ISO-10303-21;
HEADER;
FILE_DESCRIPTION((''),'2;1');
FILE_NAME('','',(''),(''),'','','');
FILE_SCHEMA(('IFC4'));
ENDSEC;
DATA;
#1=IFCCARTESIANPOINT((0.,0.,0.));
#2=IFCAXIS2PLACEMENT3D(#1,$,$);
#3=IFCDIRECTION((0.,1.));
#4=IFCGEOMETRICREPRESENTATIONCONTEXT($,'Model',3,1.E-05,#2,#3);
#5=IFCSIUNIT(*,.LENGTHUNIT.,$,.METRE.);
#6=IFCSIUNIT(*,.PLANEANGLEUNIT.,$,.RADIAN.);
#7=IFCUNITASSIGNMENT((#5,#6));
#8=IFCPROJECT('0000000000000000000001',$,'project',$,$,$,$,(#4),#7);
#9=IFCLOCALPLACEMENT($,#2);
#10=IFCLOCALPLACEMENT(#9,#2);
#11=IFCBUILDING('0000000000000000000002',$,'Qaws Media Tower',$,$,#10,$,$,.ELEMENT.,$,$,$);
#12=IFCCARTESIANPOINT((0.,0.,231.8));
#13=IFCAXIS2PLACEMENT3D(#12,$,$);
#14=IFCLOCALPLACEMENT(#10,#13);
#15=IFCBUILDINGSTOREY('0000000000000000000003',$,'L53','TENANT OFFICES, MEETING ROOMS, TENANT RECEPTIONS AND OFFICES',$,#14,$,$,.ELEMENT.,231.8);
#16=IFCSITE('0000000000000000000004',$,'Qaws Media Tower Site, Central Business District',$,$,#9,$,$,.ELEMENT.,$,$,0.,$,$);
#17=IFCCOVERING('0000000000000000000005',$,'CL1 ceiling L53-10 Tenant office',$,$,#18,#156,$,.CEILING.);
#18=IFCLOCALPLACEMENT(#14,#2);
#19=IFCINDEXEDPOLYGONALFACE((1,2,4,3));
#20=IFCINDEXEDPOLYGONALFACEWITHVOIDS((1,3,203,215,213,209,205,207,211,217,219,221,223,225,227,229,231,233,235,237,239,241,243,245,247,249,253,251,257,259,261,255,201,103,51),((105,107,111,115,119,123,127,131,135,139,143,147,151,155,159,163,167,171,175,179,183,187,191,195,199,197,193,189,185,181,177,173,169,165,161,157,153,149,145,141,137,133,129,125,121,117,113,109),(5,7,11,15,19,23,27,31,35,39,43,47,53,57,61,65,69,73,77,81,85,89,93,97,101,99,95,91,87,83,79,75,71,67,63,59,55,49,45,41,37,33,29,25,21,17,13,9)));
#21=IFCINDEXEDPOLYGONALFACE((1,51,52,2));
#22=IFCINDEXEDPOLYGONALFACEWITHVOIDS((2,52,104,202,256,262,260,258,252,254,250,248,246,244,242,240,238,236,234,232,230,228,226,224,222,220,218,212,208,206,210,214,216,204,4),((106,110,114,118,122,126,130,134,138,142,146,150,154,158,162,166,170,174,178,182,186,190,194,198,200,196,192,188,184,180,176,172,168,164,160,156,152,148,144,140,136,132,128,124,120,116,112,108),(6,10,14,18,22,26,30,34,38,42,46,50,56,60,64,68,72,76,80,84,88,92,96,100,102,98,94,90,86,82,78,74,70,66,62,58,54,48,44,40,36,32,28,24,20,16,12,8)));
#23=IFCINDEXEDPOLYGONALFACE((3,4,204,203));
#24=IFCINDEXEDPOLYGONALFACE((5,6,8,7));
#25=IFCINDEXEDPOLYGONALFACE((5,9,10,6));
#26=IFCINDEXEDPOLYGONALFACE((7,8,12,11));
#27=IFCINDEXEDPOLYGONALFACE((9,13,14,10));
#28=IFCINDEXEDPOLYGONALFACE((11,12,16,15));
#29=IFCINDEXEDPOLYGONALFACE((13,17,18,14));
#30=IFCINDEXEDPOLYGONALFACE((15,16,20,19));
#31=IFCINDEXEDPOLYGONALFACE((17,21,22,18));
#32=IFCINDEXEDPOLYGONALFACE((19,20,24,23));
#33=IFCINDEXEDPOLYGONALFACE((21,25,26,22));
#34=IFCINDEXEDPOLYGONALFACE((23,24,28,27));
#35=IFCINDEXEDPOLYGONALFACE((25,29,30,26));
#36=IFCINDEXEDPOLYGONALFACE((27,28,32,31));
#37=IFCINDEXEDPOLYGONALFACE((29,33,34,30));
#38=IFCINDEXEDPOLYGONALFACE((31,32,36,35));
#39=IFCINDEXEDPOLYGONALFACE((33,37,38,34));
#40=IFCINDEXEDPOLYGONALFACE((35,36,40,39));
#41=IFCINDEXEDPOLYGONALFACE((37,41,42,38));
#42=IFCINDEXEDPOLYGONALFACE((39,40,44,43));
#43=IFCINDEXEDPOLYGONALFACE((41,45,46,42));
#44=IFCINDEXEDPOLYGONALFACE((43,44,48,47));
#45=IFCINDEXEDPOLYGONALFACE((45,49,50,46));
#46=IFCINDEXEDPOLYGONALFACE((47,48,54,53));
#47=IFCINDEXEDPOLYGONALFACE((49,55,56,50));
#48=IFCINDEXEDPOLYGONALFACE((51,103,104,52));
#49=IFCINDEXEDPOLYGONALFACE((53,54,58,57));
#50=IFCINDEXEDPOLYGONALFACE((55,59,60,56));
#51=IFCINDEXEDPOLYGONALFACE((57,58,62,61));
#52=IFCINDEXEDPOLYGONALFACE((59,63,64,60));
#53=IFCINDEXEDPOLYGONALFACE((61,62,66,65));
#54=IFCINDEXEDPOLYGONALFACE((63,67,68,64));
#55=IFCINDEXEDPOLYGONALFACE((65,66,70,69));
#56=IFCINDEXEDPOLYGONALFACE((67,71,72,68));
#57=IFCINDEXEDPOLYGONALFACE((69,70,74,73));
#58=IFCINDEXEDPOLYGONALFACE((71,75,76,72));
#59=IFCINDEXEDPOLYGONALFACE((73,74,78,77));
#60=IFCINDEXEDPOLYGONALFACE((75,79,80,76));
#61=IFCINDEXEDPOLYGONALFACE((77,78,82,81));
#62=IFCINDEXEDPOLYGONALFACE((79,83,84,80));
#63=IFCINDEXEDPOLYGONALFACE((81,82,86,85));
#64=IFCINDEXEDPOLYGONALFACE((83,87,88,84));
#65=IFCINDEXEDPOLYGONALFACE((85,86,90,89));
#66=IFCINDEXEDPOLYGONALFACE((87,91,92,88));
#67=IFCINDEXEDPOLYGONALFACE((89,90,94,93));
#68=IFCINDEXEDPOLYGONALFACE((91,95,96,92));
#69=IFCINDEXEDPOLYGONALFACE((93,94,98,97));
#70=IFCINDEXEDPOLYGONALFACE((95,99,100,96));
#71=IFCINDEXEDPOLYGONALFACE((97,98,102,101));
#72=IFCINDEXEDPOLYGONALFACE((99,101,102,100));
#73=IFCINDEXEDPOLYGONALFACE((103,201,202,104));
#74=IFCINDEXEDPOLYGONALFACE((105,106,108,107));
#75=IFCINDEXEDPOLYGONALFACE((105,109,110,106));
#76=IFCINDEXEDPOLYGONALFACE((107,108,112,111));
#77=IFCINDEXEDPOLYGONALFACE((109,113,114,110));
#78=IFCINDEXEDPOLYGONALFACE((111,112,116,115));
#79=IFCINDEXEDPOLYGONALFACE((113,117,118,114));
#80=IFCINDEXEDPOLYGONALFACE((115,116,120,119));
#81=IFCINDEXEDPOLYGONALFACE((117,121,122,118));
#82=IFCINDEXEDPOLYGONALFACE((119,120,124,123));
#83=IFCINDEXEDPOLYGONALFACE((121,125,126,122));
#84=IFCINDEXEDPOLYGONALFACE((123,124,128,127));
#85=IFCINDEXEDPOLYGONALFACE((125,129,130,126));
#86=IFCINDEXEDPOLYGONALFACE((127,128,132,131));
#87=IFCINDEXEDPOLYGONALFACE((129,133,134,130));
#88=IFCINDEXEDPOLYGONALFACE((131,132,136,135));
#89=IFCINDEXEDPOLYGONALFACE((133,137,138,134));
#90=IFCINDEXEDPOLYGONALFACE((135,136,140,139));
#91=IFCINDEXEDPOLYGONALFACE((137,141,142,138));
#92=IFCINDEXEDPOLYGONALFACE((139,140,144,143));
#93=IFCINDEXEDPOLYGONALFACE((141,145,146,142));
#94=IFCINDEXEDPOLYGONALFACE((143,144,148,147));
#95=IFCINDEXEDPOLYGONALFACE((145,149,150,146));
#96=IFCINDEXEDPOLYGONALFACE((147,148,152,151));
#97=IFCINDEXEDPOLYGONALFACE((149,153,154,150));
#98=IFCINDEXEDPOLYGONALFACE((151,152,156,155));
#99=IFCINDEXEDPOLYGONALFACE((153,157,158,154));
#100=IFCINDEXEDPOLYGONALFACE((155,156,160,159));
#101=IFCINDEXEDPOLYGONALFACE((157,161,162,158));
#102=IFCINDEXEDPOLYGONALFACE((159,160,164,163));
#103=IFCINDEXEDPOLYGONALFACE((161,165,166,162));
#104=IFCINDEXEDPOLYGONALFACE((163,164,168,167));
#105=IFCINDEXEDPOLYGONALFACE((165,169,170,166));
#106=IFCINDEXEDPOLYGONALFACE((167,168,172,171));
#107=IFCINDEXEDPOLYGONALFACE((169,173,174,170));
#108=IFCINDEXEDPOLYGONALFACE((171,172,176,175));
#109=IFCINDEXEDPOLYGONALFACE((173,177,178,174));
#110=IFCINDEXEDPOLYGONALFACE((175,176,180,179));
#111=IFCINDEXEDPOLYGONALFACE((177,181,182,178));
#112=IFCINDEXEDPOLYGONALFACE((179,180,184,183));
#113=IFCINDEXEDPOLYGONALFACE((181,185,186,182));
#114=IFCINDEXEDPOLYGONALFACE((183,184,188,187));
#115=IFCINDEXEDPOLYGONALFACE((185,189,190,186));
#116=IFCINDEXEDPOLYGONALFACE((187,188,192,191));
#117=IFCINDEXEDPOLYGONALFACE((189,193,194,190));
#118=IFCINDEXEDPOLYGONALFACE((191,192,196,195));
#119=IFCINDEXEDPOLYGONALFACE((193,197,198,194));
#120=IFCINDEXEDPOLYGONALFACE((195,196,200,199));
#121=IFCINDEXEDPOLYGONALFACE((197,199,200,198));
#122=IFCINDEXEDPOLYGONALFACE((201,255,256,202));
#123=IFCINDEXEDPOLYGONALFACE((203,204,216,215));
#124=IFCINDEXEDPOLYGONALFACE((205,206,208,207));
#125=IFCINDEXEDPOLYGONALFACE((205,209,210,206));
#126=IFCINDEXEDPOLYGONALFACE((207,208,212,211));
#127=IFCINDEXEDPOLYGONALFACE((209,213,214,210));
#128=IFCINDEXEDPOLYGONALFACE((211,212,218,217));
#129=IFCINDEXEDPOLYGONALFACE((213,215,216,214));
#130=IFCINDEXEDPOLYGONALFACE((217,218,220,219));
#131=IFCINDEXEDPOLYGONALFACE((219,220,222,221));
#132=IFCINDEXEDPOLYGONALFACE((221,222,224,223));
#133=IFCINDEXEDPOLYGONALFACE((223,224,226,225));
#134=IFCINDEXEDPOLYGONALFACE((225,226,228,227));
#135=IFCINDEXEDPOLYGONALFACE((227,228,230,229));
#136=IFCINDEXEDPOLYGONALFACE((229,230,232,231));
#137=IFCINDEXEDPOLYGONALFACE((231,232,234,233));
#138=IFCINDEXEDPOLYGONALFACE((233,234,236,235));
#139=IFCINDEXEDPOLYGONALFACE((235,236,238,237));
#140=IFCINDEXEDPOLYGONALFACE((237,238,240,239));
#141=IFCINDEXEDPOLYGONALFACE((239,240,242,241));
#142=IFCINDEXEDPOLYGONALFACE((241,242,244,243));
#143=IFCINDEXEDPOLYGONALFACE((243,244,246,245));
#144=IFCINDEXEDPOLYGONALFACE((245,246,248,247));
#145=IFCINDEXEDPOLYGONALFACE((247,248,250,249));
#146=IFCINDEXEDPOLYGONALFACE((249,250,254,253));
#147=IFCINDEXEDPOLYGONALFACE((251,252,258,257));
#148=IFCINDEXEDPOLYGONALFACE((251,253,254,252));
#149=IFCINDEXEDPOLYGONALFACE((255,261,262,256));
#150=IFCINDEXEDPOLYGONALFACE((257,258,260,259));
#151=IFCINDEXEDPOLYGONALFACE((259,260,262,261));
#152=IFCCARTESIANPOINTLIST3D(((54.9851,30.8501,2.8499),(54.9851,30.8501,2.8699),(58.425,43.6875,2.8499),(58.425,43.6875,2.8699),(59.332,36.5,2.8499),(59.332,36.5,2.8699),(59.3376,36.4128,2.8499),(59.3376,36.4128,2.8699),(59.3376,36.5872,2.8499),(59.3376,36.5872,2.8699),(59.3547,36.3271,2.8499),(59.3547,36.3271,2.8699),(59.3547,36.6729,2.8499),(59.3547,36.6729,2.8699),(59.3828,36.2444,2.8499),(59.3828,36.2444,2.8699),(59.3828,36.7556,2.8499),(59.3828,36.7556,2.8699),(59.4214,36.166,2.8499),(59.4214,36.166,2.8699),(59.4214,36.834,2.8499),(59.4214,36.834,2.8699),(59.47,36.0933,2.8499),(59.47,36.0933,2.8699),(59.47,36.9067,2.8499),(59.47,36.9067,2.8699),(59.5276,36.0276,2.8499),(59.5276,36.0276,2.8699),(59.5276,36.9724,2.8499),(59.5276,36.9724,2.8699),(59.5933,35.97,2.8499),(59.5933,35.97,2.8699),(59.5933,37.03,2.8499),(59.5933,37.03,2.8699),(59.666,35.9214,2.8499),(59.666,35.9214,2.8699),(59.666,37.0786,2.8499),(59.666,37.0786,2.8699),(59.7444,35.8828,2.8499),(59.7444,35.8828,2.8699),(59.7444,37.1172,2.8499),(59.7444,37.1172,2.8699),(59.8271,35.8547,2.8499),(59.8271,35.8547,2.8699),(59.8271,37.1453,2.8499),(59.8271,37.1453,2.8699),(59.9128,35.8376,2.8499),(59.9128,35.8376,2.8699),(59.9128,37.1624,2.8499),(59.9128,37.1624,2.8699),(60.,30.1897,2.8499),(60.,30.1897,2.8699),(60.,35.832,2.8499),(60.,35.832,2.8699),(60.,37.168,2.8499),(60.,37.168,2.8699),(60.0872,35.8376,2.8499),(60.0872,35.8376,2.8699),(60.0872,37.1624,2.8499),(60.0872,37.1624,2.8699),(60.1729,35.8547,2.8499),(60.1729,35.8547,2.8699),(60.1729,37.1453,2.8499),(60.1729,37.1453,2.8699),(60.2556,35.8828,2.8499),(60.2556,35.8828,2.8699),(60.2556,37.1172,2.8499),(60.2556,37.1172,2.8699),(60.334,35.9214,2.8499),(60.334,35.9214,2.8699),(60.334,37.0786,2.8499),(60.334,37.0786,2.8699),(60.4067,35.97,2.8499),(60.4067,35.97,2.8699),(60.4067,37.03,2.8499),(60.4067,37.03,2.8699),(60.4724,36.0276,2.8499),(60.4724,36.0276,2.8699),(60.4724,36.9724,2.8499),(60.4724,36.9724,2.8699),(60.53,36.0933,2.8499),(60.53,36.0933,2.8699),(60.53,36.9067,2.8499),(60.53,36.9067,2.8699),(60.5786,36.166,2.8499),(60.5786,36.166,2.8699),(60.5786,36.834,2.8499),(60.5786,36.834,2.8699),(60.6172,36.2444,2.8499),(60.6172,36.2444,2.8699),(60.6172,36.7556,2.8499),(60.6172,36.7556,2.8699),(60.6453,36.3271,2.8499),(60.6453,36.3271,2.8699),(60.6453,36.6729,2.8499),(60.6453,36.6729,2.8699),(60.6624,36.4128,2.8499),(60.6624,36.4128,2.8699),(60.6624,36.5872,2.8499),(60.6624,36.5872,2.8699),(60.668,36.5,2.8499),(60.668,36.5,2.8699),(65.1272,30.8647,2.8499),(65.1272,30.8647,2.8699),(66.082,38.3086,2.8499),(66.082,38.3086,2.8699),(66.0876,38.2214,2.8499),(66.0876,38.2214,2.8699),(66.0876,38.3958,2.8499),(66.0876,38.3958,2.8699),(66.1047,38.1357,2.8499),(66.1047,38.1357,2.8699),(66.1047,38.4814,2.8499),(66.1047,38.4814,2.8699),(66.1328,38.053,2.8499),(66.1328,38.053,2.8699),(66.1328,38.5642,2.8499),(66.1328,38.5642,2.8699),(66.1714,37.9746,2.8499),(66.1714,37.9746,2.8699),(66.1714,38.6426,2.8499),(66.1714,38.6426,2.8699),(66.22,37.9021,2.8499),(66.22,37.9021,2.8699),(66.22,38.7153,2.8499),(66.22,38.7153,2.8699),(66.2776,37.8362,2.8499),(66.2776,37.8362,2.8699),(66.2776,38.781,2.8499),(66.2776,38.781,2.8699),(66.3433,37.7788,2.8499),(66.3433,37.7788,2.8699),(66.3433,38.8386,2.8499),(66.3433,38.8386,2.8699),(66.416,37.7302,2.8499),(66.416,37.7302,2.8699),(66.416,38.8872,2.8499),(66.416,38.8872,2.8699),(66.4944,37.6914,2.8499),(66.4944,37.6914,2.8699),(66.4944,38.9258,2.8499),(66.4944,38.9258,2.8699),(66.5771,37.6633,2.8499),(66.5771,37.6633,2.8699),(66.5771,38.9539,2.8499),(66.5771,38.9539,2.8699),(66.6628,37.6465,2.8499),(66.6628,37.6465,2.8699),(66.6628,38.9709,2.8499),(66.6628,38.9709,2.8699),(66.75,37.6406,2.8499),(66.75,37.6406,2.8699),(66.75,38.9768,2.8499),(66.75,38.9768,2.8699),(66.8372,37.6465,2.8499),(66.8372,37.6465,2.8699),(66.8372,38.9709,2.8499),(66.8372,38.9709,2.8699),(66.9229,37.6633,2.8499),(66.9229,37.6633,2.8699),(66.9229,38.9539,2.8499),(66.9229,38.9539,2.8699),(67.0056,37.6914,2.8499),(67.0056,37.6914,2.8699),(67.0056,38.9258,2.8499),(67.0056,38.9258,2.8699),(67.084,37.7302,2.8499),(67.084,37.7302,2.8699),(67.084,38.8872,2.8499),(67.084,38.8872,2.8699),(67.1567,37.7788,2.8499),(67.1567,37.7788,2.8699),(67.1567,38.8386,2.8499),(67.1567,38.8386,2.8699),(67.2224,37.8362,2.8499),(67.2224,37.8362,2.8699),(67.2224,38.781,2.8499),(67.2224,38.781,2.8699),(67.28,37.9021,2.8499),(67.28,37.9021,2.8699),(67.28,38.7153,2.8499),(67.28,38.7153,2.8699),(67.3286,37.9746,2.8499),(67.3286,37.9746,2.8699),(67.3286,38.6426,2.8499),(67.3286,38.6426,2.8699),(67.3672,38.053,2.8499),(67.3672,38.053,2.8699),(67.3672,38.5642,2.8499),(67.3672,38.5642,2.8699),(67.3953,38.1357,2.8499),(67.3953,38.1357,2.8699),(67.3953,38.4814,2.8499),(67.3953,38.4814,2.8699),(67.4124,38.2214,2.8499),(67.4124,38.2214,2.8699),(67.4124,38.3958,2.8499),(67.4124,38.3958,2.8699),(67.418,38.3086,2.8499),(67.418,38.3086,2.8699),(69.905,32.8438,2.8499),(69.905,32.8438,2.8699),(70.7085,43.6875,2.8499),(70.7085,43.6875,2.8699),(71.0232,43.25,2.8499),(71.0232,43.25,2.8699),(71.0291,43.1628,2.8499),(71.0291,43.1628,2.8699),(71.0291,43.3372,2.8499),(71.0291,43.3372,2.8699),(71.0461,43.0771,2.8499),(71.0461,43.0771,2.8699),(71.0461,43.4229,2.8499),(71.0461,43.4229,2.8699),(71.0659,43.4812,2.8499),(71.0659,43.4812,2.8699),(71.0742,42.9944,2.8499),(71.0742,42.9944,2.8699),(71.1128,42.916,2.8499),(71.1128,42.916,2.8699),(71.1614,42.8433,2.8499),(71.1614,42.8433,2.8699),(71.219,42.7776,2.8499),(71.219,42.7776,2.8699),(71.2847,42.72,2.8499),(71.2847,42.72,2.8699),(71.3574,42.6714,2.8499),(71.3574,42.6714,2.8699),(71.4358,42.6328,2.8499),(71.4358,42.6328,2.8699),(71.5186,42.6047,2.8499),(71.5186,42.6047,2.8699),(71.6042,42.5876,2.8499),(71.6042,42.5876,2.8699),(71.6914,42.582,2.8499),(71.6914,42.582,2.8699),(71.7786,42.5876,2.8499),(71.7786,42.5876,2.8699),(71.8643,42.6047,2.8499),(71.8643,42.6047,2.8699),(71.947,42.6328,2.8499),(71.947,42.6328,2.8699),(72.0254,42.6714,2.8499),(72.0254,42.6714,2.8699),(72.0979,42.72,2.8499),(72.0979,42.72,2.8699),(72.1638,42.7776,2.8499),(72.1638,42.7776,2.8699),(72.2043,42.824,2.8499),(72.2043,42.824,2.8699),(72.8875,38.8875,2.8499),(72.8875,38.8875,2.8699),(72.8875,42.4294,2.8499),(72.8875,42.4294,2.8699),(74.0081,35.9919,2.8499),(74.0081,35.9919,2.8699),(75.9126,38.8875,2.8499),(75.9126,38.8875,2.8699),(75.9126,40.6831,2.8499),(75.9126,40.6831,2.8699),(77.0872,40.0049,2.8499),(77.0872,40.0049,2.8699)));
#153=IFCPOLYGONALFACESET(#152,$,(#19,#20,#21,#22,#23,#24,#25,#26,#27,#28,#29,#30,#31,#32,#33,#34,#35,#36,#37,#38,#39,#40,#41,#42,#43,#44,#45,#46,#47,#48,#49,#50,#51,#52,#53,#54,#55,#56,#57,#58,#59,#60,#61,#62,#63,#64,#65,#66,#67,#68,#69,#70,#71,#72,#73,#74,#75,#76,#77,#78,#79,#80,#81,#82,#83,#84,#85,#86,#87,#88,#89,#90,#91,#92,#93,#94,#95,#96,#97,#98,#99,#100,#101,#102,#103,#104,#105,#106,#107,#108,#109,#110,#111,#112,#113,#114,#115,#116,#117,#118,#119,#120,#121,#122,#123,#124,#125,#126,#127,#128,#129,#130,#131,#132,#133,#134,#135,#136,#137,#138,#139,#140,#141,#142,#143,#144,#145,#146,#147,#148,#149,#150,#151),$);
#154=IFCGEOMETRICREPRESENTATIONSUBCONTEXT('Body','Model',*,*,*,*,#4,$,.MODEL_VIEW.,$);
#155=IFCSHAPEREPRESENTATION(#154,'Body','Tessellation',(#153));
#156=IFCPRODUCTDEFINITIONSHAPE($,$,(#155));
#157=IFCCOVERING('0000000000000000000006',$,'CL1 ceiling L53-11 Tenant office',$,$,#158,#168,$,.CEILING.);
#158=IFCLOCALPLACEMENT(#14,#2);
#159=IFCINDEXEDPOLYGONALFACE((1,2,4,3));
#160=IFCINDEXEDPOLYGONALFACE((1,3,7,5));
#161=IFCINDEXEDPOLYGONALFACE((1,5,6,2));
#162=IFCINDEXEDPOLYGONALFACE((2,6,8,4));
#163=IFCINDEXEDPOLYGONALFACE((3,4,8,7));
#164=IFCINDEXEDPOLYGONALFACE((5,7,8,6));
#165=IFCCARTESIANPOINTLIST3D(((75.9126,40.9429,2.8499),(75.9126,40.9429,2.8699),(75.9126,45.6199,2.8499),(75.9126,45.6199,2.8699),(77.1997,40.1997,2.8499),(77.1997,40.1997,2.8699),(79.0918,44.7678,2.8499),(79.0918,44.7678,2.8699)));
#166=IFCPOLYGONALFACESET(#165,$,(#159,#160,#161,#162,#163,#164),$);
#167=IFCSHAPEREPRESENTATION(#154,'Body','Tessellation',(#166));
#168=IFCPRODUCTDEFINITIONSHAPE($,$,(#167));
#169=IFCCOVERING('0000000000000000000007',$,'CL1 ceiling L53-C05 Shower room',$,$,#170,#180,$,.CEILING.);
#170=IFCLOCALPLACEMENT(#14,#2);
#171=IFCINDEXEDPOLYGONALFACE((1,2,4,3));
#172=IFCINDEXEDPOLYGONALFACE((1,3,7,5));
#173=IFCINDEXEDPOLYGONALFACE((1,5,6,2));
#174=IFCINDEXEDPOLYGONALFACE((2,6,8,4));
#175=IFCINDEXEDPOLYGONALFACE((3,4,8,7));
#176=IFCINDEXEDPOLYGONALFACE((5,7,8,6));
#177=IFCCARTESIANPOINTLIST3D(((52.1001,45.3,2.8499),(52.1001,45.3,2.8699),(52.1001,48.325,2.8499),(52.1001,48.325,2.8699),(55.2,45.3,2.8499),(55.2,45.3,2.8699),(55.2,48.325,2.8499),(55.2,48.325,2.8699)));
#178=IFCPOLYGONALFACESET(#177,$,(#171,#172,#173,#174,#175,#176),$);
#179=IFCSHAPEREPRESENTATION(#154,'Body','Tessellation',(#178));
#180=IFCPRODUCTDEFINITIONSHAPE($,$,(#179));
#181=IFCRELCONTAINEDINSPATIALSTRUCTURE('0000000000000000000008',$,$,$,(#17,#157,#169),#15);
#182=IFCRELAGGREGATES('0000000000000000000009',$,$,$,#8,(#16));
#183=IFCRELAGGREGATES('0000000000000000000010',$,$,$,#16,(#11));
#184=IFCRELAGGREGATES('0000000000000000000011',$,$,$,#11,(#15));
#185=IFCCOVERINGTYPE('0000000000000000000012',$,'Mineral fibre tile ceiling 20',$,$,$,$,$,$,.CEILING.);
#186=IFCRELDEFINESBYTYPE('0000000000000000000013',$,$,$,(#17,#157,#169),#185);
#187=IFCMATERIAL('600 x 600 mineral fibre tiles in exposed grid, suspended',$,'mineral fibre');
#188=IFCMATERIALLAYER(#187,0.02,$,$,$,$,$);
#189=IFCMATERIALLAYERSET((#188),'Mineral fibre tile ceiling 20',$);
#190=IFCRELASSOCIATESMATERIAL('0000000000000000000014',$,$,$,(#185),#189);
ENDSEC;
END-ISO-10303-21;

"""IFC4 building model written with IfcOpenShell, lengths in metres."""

from ifc_helpers import new_model, si_unit, direction, frame, origin, place, context, subcontext, project, spatial, polyline, outline, extrude, material, layer, layer_set, type_object, element, save


model = new_model("IFC4")

# Units and contexts
model_context = context("Model", 3, precision=1e-05, world=origin(), true_north=direction((0.0, 1.0)))
body_context = subcontext(model_context, "Body", "Model", "MODEL_VIEW")
ifc_project = project(units=[si_unit("LENGTHUNIT", "METRE"), si_unit("PLANEANGLEUNIT", "RADIAN")], contexts=[model_context])

# Site, building, storey
site_placement = place(None, origin())
site = spatial("IfcSite", under=ifc_project, at=site_placement, Name="Qaws Media Tower Site, Central Business District", CompositionType="ELEMENT", RefElevation=0.0)
building_placement = place(site_placement, origin())
building = spatial("IfcBuilding", under=site, at=building_placement, Name="Qaws Media Tower", CompositionType="ELEMENT")
storey_placement = place(building_placement, frame((0.0, 0.0, 231.8)))
storey = spatial("IfcBuildingStorey", under=building, at=storey_placement, Name="L53", Description="TENANT OFFICES, MEETING ROOMS, TENANT RECEPTIONS AND OFFICES", CompositionType="ELEMENT", Elevation=231.8)

# Coverings
ifc_material_1 = material(Name="600 x 600 mineral fibre tiles in exposed grid, suspended", Category="mineral fibre")
ifc_layer_1 = layer(ifc_material_1, 0.02)
ifc_layer_set_1 = layer_set([ifc_layer_1], Name="Mineral fibre tile ceiling 20")
covering_type_1 = type_object("IfcCoveringType", Name="Mineral fibre tile ceiling 20", PredefinedType="CEILING", material=ifc_layer_set_1)
covering_1_placement = place(storey_placement, frame((0.0, 0.0, 2.8499)))
element("IfcCovering", 1, at=covering_1_placement, inside=storey, type_object=covering_type_1, Name="CL1 ceiling L53-10 Tenant office", PredefinedType="CEILING", context=body_context, shape_type="SweptSolid", body=[
    extrude(outline(polyline([(72.8875, 38.8875), (75.9126, 38.8875), (75.9126, 40.6831), (77.0872, 40.0049), (74.0081, 35.9919), (69.905, 32.8438), (65.1272, 30.8647), (60.0, 30.1897), (54.9851, 30.8501), (58.425, 43.6875), (70.7085, 43.6875), (71.0659, 43.4812), (71.0461, 43.4229), (71.0291, 43.3372), (71.0232, 43.25), (71.0291, 43.1628), (71.0461, 43.0771), (71.0742, 42.9944), (71.1128, 42.916), (71.1614, 42.8433), (71.219, 42.7776), (71.2847, 42.72), (71.3574, 42.6714), (71.4358, 42.6328), (71.5186, 42.6047), (71.6042, 42.5876), (71.6914, 42.582), (71.7786, 42.5876), (71.8643, 42.6047), (71.947, 42.6328), (72.0254, 42.6714), (72.0979, 42.72), (72.1638, 42.7776), (72.2043, 42.824), (72.8875, 42.4294), (72.8875, 38.8875)]), holes=[polyline([(60.6453, 36.3271), (60.6624, 36.4128), (60.668, 36.5), (60.6624, 36.5872), (60.6453, 36.6729), (60.6172, 36.7556), (60.5786, 36.834), (60.53, 36.9067), (60.4724, 36.9724), (60.4067, 37.03), (60.334, 37.0786), (60.2556, 37.1172), (60.1729, 37.1453), (60.0872, 37.1624), (60.0, 37.168), (59.9128, 37.1624), (59.8271, 37.1453), (59.7444, 37.1172), (59.666, 37.0786), (59.5933, 37.03), (59.5276, 36.9724), (59.47, 36.9067), (59.4214, 36.834), (59.3828, 36.7556), (59.3547, 36.6729), (59.3376, 36.5872), (59.332, 36.5), (59.3376, 36.4128), (59.3547, 36.3271), (59.3828, 36.2444), (59.4214, 36.166), (59.47, 36.0933), (59.5276, 36.0276), (59.5933, 35.97), (59.666, 35.9214), (59.7444, 35.8828), (59.8271, 35.8547), (59.9128, 35.8376), (60.0, 35.832), (60.0872, 35.8376), (60.1729, 35.8547), (60.2556, 35.8828), (60.334, 35.9214), (60.4067, 35.97), (60.4724, 36.0276), (60.53, 36.0933), (60.5786, 36.166), (60.6172, 36.2444), (60.6453, 36.3271)]), polyline([(67.3672, 38.053), (67.3953, 38.1357), (67.4124, 38.2214), (67.418, 38.3086), (67.4124, 38.3958), (67.3953, 38.4814), (67.3672, 38.5642), (67.3286, 38.6426), (67.28, 38.7153), (67.2224, 38.781), (67.1567, 38.8386), (67.084, 38.8872), (67.0056, 38.9258), (66.9229, 38.9539), (66.8372, 38.9709), (66.75, 38.9768), (66.6628, 38.9709), (66.5771, 38.9539), (66.4944, 38.9258), (66.416, 38.8872), (66.3433, 38.8386), (66.2776, 38.781), (66.22, 38.7153), (66.1714, 38.6426), (66.1328, 38.5642), (66.1047, 38.4814), (66.0876, 38.3958), (66.082, 38.3086), (66.0876, 38.2214), (66.1047, 38.1357), (66.1328, 38.053), (66.1714, 37.9746), (66.22, 37.9021), (66.2776, 37.8362), (66.3433, 37.7788), (66.416, 37.7302), (66.4944, 37.6914), (66.5771, 37.6633), (66.6628, 37.6465), (66.75, 37.6406), (66.8372, 37.6465), (66.9229, 37.6633), (67.0056, 37.6914), (67.084, 37.7302), (67.1567, 37.7788), (67.2224, 37.8362), (67.28, 37.9021), (67.3286, 37.9746), (67.3672, 38.053)])]), origin(), (0.0, 0.0, 1.0), 0.02),
])
covering_2_placement = place(storey_placement, frame((0.0, 0.0, 2.8499)))
element("IfcCovering", 2, at=covering_2_placement, inside=storey, type_object=covering_type_1, Name="CL1 ceiling L53-11 Tenant office", PredefinedType="CEILING", context=body_context, shape_type="SweptSolid", body=[
    extrude(outline(polyline([(77.1997, 40.1997), (75.9126, 40.9429), (75.9126, 45.6199), (79.0918, 44.7678), (77.1997, 40.1997)])), origin(), (0.0, 0.0, 1.0), 0.02),
])
covering_3_placement = place(storey_placement, frame((0.0, 0.0, 2.8499)))
element("IfcCovering", 3, at=covering_3_placement, inside=storey, type_object=covering_type_1, Name="CL1 ceiling L53-C05 Shower room", PredefinedType="CEILING", context=body_context, shape_type="SweptSolid", body=[
    extrude(outline(polyline([(52.1001, 45.3), (52.1001, 48.325), (55.2, 48.325), (55.2, 45.3), (52.1001, 45.3)])), origin(), (0.0, 0.0, 1.0), 0.02),
])

save(model, "model.ifc")
